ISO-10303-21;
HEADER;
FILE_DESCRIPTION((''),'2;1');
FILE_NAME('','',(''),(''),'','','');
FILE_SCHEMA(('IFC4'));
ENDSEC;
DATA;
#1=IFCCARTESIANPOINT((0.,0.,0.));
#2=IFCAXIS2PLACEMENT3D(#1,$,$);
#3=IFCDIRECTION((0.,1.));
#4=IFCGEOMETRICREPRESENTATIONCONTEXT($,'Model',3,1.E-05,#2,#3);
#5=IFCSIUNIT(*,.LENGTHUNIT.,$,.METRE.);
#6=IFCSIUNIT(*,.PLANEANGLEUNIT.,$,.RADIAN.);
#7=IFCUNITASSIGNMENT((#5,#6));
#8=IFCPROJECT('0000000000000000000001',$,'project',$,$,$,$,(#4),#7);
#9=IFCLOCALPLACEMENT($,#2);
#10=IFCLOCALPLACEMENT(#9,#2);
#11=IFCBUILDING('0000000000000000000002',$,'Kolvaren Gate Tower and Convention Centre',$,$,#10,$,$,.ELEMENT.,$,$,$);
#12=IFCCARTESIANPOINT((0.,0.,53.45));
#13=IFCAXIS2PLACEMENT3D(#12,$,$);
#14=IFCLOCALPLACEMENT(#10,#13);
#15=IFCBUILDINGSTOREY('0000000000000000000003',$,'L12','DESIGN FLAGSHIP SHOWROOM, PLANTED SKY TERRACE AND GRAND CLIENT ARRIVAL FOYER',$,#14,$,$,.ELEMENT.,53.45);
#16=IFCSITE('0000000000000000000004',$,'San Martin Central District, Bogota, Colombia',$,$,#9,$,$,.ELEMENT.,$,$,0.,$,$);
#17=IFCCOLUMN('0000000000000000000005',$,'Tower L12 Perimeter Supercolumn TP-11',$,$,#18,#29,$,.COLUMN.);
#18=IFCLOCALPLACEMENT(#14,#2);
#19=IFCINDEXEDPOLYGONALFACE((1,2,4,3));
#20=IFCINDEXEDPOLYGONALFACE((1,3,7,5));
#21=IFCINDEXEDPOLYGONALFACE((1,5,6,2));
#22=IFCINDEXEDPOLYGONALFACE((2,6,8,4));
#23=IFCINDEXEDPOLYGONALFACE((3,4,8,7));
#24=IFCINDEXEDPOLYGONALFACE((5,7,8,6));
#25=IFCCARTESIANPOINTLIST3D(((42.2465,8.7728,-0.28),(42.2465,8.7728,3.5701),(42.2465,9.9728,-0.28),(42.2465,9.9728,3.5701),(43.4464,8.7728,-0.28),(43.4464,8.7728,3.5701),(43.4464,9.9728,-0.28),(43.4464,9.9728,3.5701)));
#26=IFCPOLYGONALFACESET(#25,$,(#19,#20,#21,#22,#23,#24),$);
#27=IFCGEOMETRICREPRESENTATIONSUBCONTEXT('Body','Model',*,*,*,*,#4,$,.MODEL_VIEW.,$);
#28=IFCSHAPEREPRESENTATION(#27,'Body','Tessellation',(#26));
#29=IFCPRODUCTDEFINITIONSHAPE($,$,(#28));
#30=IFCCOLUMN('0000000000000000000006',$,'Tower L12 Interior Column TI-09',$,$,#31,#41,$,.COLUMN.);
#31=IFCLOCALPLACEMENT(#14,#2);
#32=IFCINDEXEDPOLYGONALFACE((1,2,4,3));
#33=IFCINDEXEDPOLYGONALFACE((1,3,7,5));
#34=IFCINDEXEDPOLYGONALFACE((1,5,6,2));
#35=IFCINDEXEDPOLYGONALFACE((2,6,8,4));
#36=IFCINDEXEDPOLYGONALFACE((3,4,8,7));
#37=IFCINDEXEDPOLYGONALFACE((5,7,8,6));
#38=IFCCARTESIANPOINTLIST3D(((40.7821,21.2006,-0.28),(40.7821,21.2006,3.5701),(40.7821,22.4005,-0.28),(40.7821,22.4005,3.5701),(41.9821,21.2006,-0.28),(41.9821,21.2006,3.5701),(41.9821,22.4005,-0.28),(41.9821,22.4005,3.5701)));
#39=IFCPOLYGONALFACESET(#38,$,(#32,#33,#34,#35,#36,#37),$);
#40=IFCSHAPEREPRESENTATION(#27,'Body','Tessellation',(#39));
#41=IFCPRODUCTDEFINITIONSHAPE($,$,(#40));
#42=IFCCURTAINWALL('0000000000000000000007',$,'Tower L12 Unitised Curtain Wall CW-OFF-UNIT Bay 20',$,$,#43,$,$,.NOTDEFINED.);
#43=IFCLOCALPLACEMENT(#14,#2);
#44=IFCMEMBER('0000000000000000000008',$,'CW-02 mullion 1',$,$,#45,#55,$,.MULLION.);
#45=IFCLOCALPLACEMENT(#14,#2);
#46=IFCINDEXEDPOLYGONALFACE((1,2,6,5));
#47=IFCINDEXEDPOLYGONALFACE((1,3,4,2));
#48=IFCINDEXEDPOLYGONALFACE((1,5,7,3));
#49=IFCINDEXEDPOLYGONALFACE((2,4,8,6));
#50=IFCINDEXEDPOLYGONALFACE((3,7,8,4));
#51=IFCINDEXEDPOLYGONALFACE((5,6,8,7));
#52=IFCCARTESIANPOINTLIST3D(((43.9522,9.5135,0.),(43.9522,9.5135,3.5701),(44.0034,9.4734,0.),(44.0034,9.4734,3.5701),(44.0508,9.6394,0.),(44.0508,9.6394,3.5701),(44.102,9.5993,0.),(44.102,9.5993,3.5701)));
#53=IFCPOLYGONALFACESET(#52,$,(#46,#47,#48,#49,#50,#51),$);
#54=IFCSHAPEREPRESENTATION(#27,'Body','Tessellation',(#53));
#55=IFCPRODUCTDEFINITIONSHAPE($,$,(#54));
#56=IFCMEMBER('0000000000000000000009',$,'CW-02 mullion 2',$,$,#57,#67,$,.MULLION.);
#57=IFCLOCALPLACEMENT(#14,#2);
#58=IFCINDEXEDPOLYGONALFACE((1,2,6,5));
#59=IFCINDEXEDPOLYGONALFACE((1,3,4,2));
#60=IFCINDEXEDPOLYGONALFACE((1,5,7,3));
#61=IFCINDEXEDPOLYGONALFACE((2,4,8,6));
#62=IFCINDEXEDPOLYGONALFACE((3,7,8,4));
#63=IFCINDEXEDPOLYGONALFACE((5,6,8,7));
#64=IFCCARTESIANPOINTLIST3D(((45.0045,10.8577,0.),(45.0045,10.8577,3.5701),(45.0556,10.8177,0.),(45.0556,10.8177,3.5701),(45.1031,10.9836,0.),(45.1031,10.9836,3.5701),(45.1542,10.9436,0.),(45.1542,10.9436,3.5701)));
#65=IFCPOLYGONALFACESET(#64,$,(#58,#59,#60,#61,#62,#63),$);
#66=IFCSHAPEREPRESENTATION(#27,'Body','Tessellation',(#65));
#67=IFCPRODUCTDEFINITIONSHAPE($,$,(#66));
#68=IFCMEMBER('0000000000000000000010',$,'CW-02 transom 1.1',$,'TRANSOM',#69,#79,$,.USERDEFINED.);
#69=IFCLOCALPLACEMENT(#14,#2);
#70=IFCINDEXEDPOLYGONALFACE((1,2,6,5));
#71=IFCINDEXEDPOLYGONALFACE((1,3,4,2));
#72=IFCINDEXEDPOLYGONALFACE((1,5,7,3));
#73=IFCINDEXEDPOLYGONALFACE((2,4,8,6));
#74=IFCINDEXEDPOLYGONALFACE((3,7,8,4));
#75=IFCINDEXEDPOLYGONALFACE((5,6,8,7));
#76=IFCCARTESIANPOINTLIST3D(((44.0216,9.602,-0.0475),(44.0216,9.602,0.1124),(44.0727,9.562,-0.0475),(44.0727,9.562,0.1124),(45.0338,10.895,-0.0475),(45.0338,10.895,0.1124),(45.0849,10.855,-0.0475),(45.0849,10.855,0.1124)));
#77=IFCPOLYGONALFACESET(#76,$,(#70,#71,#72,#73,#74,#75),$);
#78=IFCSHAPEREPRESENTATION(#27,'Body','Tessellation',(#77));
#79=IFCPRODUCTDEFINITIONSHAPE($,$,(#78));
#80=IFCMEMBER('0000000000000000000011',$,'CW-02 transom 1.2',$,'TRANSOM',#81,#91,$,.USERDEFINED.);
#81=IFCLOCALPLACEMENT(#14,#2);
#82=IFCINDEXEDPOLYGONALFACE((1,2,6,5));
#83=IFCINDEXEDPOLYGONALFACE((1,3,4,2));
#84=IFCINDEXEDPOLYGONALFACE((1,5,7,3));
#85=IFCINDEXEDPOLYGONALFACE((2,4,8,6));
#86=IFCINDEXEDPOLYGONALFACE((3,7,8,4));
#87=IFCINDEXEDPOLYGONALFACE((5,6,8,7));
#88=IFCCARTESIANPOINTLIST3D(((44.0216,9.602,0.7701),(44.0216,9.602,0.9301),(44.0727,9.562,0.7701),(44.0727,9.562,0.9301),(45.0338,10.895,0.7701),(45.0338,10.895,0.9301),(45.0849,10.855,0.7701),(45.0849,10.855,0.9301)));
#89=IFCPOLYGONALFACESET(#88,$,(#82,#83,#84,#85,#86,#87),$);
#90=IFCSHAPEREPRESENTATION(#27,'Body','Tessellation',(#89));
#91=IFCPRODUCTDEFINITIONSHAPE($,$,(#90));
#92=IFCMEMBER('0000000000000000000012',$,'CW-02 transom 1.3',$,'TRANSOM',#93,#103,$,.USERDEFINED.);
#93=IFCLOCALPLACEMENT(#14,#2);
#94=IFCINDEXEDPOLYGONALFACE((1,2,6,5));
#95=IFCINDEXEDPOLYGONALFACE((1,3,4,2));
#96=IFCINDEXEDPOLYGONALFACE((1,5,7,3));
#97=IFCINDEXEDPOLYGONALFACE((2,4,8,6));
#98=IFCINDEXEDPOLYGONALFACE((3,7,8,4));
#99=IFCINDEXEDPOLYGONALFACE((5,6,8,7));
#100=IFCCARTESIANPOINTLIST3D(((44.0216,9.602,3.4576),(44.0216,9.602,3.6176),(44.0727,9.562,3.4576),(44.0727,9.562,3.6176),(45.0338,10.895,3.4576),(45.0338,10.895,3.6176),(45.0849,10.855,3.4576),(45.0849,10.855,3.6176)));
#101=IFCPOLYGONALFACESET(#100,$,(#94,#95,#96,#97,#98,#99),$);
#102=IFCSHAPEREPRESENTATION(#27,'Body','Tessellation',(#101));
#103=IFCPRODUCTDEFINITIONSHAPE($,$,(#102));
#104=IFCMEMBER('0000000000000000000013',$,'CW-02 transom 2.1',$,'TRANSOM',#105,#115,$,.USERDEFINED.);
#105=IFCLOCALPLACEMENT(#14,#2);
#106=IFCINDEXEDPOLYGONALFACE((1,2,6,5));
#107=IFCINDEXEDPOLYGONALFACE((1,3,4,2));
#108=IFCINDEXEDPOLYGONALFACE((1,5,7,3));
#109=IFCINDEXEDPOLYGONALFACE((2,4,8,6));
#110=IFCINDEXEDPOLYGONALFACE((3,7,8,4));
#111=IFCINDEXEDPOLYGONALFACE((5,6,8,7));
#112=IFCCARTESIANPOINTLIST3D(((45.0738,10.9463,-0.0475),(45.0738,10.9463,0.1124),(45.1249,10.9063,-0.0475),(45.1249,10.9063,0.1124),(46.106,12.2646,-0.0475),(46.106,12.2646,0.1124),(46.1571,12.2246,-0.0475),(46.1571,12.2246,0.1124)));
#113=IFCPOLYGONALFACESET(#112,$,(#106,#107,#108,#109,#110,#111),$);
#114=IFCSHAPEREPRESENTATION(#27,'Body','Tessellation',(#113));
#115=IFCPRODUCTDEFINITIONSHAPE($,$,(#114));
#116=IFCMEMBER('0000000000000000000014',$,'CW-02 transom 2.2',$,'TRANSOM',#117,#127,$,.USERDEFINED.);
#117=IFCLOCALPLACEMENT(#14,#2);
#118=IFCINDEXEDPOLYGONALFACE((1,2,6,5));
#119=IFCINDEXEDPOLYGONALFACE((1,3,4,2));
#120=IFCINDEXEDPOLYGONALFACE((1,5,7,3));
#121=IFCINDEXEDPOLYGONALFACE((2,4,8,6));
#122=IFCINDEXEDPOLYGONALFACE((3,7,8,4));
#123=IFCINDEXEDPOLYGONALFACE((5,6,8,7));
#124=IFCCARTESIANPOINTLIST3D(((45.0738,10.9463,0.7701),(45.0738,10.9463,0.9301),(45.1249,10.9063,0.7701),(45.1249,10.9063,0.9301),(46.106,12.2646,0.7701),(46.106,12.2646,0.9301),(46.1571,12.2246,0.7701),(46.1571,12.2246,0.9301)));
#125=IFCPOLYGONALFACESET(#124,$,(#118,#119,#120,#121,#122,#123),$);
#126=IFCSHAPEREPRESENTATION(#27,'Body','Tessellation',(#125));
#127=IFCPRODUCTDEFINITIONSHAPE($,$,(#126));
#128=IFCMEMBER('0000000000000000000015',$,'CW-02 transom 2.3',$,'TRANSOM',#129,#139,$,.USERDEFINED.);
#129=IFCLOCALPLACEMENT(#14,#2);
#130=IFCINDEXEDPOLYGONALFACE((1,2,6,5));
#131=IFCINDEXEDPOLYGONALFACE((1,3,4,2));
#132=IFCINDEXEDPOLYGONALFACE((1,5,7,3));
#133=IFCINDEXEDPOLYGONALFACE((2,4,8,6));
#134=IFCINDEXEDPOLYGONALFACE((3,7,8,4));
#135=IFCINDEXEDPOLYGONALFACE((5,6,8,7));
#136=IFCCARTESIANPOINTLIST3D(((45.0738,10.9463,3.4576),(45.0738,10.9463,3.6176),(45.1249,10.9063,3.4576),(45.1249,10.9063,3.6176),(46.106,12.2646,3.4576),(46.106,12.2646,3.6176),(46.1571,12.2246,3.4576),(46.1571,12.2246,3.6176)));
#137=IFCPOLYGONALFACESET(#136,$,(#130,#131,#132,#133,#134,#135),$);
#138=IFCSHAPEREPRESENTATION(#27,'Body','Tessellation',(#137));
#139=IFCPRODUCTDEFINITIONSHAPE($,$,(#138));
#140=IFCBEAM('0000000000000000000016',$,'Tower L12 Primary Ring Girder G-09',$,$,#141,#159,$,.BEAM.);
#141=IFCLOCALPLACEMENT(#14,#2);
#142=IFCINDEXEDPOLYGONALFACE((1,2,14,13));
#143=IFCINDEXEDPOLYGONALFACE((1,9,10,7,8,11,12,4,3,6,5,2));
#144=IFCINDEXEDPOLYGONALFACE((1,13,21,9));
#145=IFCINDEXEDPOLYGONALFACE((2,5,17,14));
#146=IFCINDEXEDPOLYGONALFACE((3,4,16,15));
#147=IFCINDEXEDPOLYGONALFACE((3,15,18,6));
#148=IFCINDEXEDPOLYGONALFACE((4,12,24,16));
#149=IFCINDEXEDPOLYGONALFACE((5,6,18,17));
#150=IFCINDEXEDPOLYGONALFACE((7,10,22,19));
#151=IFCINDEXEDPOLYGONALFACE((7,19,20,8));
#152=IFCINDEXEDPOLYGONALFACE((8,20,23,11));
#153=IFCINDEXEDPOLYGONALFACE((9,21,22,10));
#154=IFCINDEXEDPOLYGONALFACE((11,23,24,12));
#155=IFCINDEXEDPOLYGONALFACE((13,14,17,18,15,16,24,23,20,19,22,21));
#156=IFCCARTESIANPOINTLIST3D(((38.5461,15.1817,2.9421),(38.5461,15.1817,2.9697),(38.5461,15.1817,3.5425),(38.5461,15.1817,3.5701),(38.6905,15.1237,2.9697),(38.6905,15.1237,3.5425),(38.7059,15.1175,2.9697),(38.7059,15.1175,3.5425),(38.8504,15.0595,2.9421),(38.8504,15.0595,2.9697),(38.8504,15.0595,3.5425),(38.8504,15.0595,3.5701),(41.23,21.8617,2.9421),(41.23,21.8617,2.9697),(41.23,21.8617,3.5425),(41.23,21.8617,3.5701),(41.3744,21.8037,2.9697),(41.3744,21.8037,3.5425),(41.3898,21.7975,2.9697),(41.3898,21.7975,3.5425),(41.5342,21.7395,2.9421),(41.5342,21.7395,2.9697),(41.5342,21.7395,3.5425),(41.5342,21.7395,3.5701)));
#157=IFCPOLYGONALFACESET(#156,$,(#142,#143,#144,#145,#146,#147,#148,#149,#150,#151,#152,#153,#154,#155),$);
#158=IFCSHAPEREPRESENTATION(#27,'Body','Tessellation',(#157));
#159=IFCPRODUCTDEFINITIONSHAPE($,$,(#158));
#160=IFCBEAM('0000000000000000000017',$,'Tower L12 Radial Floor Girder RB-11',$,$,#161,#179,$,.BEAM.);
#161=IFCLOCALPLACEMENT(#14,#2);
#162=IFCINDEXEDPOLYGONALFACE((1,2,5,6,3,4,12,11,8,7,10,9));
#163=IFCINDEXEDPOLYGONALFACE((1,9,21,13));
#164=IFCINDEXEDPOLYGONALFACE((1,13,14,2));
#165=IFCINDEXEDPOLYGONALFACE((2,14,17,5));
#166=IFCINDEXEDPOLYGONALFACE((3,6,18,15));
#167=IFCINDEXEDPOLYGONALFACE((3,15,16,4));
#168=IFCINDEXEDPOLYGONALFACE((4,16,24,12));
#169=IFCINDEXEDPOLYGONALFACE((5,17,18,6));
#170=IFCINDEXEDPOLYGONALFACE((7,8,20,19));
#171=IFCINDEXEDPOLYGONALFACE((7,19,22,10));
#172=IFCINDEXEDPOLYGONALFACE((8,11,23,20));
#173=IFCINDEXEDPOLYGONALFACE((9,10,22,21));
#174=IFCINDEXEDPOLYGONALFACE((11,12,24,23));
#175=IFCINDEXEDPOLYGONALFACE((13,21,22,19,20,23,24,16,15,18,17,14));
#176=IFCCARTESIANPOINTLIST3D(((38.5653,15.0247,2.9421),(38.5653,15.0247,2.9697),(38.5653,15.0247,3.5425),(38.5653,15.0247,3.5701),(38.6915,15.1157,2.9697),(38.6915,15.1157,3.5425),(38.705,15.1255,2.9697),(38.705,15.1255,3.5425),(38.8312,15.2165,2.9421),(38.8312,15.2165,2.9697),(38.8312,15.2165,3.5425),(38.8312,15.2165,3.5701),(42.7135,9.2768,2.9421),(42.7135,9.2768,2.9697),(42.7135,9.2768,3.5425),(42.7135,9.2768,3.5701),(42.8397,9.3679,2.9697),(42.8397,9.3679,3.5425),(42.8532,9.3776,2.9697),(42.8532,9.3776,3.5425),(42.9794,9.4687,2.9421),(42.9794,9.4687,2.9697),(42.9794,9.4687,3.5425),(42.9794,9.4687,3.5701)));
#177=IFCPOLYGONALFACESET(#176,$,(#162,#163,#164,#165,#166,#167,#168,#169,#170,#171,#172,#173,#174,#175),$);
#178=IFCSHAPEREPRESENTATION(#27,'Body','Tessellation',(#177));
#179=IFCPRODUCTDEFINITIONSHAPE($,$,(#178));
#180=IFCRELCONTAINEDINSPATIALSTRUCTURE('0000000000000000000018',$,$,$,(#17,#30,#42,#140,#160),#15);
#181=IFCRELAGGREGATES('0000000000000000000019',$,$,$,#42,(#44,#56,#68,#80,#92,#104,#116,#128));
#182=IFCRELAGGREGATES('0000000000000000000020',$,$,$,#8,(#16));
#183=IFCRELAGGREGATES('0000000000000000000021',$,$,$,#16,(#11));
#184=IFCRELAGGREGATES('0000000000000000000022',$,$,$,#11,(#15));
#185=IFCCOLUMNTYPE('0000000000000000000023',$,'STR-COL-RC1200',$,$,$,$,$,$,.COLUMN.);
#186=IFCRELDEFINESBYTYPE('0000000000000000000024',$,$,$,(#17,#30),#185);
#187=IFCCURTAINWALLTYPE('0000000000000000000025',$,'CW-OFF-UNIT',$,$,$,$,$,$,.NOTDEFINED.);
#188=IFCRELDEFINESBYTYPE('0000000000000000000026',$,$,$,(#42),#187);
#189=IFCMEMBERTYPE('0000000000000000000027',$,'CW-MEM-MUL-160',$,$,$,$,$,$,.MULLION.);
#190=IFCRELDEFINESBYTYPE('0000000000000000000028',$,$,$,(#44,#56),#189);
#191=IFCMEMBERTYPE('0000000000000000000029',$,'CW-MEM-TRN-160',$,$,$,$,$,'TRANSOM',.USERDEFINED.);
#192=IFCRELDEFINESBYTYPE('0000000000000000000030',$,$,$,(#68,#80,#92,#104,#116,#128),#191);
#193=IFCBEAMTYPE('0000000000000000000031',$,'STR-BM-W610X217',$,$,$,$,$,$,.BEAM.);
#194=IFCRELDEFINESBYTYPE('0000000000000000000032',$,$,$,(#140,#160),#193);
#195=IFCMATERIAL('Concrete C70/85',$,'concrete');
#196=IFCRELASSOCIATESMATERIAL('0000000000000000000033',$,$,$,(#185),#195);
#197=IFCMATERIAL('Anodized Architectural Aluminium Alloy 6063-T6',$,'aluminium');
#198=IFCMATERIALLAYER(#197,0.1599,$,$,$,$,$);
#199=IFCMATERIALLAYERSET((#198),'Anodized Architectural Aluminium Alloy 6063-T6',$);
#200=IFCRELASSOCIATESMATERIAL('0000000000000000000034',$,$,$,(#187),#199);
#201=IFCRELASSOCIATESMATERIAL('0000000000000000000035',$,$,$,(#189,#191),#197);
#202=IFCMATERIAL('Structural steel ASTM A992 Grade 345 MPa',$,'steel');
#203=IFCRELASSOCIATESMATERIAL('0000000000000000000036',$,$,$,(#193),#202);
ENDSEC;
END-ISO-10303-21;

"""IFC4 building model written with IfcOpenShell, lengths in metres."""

from ifc_helpers import new_model, si_unit, direction, frame, origin, origin_2d, place, context, subcontext, project, spatial, rectangle, i_section, extrude, material, layer, layer_set, material_profile, profile_set, type_object, element, aggregate, save


model = new_model("IFC4")

# Units and contexts
model_context = context("Model", 3, precision=1e-05, world=origin(), true_north=direction((0.0, 1.0)))
body_context = subcontext(model_context, "Body", "Model", "MODEL_VIEW")
ifc_project = project(units=[si_unit("LENGTHUNIT", "METRE"), si_unit("PLANEANGLEUNIT", "RADIAN")], contexts=[model_context])

# Site, building, storey
site_placement = place(None, origin())
site = spatial("IfcSite", under=ifc_project, at=site_placement, Name="San Martin Central District, Bogota, Colombia", CompositionType="ELEMENT", RefElevation=0.0)
building_placement = place(site_placement, origin())
building = spatial("IfcBuilding", under=site, at=building_placement, Name="Kolvaren Gate Tower and Convention Centre", CompositionType="ELEMENT")
storey_placement = place(building_placement, frame((0.0, 0.0, 53.45)))
storey = spatial("IfcBuildingStorey", under=building, at=storey_placement, Name="L12", Description="DESIGN FLAGSHIP SHOWROOM, PLANTED SKY TERRACE AND GRAND CLIENT ARRIVAL FOYER", CompositionType="ELEMENT", Elevation=53.45)

# Columns
ifc_material_1 = material(Name="Concrete C70/85", Category="concrete")
ifc_material_profile_1 = material_profile(ifc_material_1, rectangle(XDim=1.2, YDim=1.2, at=origin_2d()), Name="RC-COL-1200X1200")
ifc_profile_set_1 = profile_set([ifc_material_profile_1], Name="Concrete C70/85")
column_type = type_object("IfcColumnType", Name="STR-COL-RC1200", PredefinedType="COLUMN", material=ifc_profile_set_1)
for number, where, z_axis, x_axis, name in (
    (1, (42.8464, 9.3728, -0.28), (0.0, 0.0, 1.0), (1.0, 0.0, 0.0), "Tower L12 Perimeter Supercolumn TP-11"),
    (2, (41.3821, 21.8005, -0.28), (0.0, 0.0, 1.0), (1.0, 0.0, 0.0), "Tower L12 Interior Column TI-09"),
):
    element("IfcColumn", number, at=place(storey_placement, frame(where, z_axis=z_axis, x_axis=x_axis)), inside=storey, type_object=column_type, Name=name, PredefinedType="COLUMN", context=body_context, shape_type="SweptSolid", body=[
        extrude(rectangle(XDim=1.2, YDim=1.2, at=origin_2d()), origin(), (0.0, 0.0, 1.0), 3.8501),
    ])

# Curtain wall, members
ifc_material_2 = material(Name="Anodized Architectural Aluminium Alloy 6063-T6", Category="aluminium")
ifc_layer_1 = layer(ifc_material_2, 0.1599)
ifc_layer_set_1 = layer_set([ifc_layer_1], Name="Anodized Architectural Aluminium Alloy 6063-T6")
curtain_wall_type = type_object("IfcCurtainWallType", Name="CW-OFF-UNIT", PredefinedType="NOTDEFINED", material=ifc_layer_set_1)
curtain_wall_placement = place(storey_placement, origin())
curtain_wall = element("IfcCurtainWall", 3, at=curtain_wall_placement, inside=storey, type_object=curtain_wall_type, Name="Tower L12 Unitised Curtain Wall CW-OFF-UNIT Bay 20", PredefinedType="NOTDEFINED")
ifc_material_profile_2 = material_profile(ifc_material_2, rectangle(XDim=0.0649, YDim=0.1599, at=origin_2d()), Name="CW-MEM-MUL-160")
ifc_profile_set_2 = profile_set([ifc_material_profile_2], Name="Anodized Architectural Aluminium Alloy 6063-T6")
member_type_1 = type_object("IfcMemberType", Name="CW-MEM-MUL-160", PredefinedType="MULLION", material=ifc_profile_set_2)
member_1_placement = place(storey_placement, frame((44.0271, 9.5564, 0.0), z_axis=(0.0, 0.0, 1.0), x_axis=(-0.787406, 0.616434, 0.0)))
member_1 = element("IfcMember", 4, at=member_1_placement, type_object=member_type_1, Name="CW-02 mullion 1", PredefinedType="MULLION", context=body_context, shape_type="SweptSolid", body=[
    extrude(rectangle(XDim=0.0649, YDim=0.1599, at=origin_2d()), origin(), (0.0, 0.0, 1.0), 3.5701),
])
member_2_placement = place(storey_placement, frame((45.0793, 10.9006, 0.0), z_axis=(0.0, 0.0, 1.0), x_axis=(-0.787406, 0.616434, 0.0)))
member_2 = element("IfcMember", 5, at=member_2_placement, type_object=member_type_1, Name="CW-02 mullion 2", PredefinedType="MULLION", context=body_context, shape_type="SweptSolid", body=[
    extrude(rectangle(XDim=0.0649, YDim=0.1599, at=origin_2d()), origin(), (0.0, 0.0, 1.0), 3.5701),
])
ifc_material_profile_3 = material_profile(ifc_material_2, rectangle(XDim=0.0649, YDim=0.1599, at=origin_2d()), Name="CW-MEM-TRN-160")
ifc_profile_set_3 = profile_set([ifc_material_profile_3], Name="Anodized Architectural Aluminium Alloy 6063-T6")
member_type_2 = type_object("IfcMemberType", Name="CW-MEM-TRN-160", ElementType="TRANSOM", PredefinedType="USERDEFINED", material=ifc_profile_set_3)
member_3_placement = place(storey_placement, frame((44.0471, 9.582, 0.0325), z_axis=(0.616429, 0.787411, 0.0), x_axis=(-0.787411, 0.616429, 0.0)))
member_3 = element("IfcMember", 6, at=member_3_placement, type_object=member_type_2, Name="CW-02 transom 1.1", ObjectType="TRANSOM", PredefinedType="USERDEFINED", context=body_context, shape_type="SweptSolid", body=[
    extrude(rectangle(XDim=0.0649, YDim=0.1599, at=origin_2d()), origin(), (0.0, 0.0, 1.0), 1.6421),
])
member_4_placement = place(storey_placement, frame((44.0471, 9.582, 0.8501), z_axis=(0.616429, 0.787411, 0.0), x_axis=(-0.787411, 0.616429, 0.0)))
member_4 = element("IfcMember", 7, at=member_4_placement, type_object=member_type_2, Name="CW-02 transom 1.2", ObjectType="TRANSOM", PredefinedType="USERDEFINED", context=body_context, shape_type="SweptSolid", body=[
    extrude(rectangle(XDim=0.0649, YDim=0.1599, at=origin_2d()), origin(), (0.0, 0.0, 1.0), 1.6421),
])
member_5_placement = place(storey_placement, frame((44.0471, 9.582, 3.5376), z_axis=(0.616429, 0.787411, 0.0), x_axis=(-0.787411, 0.616429, 0.0)))
member_5 = element("IfcMember", 8, at=member_5_placement, type_object=member_type_2, Name="CW-02 transom 1.3", ObjectType="TRANSOM", PredefinedType="USERDEFINED", context=body_context, shape_type="SweptSolid", body=[
    extrude(rectangle(XDim=0.0649, YDim=0.1599, at=origin_2d()), origin(), (0.0, 0.0, 1.0), 1.6421),
])
member_6_placement = place(storey_placement, frame((45.0994, 10.9263, 0.0325), z_axis=(0.616481, 0.78737, 0.0), x_axis=(-0.78737, 0.616481, 0.0)))
member_6 = element("IfcMember", 9, at=member_6_placement, type_object=member_type_2, Name="CW-02 transom 2.1", ObjectType="TRANSOM", PredefinedType="USERDEFINED", context=body_context, shape_type="SweptSolid", body=[
    extrude(rectangle(XDim=0.0649, YDim=0.1599, at=origin_2d()), origin(), (0.0, 0.0, 1.0), 1.6743),
])
member_7_placement = place(storey_placement, frame((45.0994, 10.9263, 0.8501), z_axis=(0.616481, 0.78737, 0.0), x_axis=(-0.78737, 0.616481, 0.0)))
member_7 = element("IfcMember", 10, at=member_7_placement, type_object=member_type_2, Name="CW-02 transom 2.2", ObjectType="TRANSOM", PredefinedType="USERDEFINED", context=body_context, shape_type="SweptSolid", body=[
    extrude(rectangle(XDim=0.0649, YDim=0.1599, at=origin_2d()), origin(), (0.0, 0.0, 1.0), 1.6743),
])
member_8_placement = place(storey_placement, frame((45.0994, 10.9263, 3.5376), z_axis=(0.616481, 0.78737, 0.0), x_axis=(-0.78737, 0.616481, 0.0)))
member_8 = element("IfcMember", 11, at=member_8_placement, type_object=member_type_2, Name="CW-02 transom 2.3", ObjectType="TRANSOM", PredefinedType="USERDEFINED", context=body_context, shape_type="SweptSolid", body=[
    extrude(rectangle(XDim=0.0649, YDim=0.1599, at=origin_2d()), origin(), (0.0, 0.0, 1.0), 1.6743),
])

# Beams
ifc_material_3 = material(Name="Structural steel ASTM A992 Grade 345 MPa", Category="steel")
ifc_material_profile_4 = material_profile(ifc_material_3, i_section(OverallWidth=0.3279, OverallDepth=0.6279, WebThickness=0.0166, FlangeThickness=0.0276, at=origin_2d()), Name="W610X217")
ifc_profile_set_4 = profile_set([ifc_material_profile_4], Name="Structural steel ASTM A992 Grade 345 MPa")
beam_type_1 = type_object("IfcBeamType", Name="STR-BM-W610X217", PredefinedType="BEAM", material=ifc_profile_set_4)
beam_1_placement = place(storey_placement, frame((38.6982, 15.1206, 3.2561), z_axis=(0.372811, 0.927907, 0.0), x_axis=(-0.927907, 0.372811, 0.0)))
element("IfcBeam", 12, at=beam_1_placement, inside=storey, type_object=beam_type_1, Name="Tower L12 Primary Ring Girder G-09", PredefinedType="BEAM", context=body_context, shape_type="SweptSolid", body=[
    extrude(i_section(OverallWidth=0.3279, OverallDepth=0.6279, WebThickness=0.0166, FlangeThickness=0.0276, at=origin_2d()), origin(), (0.0, 0.0, 1.0), 7.199),
])
beam_2_placement = place(storey_placement, frame((38.6982, 15.1206, 3.2561), z_axis=(0.585213, -0.81088, 0.0), x_axis=(0.81088, 0.585213, 0.0)))
element("IfcBeam", 13, at=beam_2_placement, inside=storey, type_object=beam_type_1, Name="Tower L12 Radial Floor Girder RB-11", PredefinedType="BEAM", context=body_context, shape_type="SweptSolid", body=[
    extrude(i_section(OverallWidth=0.3279, OverallDepth=0.6279, WebThickness=0.0166, FlangeThickness=0.0276, at=origin_2d()), origin(), (0.0, 0.0, 1.0), 7.0884),
])

aggregate(curtain_wall, [member_1, member_2, member_3, member_4, member_5, member_6, member_7, member_8])

save(model, "model.ifc")
